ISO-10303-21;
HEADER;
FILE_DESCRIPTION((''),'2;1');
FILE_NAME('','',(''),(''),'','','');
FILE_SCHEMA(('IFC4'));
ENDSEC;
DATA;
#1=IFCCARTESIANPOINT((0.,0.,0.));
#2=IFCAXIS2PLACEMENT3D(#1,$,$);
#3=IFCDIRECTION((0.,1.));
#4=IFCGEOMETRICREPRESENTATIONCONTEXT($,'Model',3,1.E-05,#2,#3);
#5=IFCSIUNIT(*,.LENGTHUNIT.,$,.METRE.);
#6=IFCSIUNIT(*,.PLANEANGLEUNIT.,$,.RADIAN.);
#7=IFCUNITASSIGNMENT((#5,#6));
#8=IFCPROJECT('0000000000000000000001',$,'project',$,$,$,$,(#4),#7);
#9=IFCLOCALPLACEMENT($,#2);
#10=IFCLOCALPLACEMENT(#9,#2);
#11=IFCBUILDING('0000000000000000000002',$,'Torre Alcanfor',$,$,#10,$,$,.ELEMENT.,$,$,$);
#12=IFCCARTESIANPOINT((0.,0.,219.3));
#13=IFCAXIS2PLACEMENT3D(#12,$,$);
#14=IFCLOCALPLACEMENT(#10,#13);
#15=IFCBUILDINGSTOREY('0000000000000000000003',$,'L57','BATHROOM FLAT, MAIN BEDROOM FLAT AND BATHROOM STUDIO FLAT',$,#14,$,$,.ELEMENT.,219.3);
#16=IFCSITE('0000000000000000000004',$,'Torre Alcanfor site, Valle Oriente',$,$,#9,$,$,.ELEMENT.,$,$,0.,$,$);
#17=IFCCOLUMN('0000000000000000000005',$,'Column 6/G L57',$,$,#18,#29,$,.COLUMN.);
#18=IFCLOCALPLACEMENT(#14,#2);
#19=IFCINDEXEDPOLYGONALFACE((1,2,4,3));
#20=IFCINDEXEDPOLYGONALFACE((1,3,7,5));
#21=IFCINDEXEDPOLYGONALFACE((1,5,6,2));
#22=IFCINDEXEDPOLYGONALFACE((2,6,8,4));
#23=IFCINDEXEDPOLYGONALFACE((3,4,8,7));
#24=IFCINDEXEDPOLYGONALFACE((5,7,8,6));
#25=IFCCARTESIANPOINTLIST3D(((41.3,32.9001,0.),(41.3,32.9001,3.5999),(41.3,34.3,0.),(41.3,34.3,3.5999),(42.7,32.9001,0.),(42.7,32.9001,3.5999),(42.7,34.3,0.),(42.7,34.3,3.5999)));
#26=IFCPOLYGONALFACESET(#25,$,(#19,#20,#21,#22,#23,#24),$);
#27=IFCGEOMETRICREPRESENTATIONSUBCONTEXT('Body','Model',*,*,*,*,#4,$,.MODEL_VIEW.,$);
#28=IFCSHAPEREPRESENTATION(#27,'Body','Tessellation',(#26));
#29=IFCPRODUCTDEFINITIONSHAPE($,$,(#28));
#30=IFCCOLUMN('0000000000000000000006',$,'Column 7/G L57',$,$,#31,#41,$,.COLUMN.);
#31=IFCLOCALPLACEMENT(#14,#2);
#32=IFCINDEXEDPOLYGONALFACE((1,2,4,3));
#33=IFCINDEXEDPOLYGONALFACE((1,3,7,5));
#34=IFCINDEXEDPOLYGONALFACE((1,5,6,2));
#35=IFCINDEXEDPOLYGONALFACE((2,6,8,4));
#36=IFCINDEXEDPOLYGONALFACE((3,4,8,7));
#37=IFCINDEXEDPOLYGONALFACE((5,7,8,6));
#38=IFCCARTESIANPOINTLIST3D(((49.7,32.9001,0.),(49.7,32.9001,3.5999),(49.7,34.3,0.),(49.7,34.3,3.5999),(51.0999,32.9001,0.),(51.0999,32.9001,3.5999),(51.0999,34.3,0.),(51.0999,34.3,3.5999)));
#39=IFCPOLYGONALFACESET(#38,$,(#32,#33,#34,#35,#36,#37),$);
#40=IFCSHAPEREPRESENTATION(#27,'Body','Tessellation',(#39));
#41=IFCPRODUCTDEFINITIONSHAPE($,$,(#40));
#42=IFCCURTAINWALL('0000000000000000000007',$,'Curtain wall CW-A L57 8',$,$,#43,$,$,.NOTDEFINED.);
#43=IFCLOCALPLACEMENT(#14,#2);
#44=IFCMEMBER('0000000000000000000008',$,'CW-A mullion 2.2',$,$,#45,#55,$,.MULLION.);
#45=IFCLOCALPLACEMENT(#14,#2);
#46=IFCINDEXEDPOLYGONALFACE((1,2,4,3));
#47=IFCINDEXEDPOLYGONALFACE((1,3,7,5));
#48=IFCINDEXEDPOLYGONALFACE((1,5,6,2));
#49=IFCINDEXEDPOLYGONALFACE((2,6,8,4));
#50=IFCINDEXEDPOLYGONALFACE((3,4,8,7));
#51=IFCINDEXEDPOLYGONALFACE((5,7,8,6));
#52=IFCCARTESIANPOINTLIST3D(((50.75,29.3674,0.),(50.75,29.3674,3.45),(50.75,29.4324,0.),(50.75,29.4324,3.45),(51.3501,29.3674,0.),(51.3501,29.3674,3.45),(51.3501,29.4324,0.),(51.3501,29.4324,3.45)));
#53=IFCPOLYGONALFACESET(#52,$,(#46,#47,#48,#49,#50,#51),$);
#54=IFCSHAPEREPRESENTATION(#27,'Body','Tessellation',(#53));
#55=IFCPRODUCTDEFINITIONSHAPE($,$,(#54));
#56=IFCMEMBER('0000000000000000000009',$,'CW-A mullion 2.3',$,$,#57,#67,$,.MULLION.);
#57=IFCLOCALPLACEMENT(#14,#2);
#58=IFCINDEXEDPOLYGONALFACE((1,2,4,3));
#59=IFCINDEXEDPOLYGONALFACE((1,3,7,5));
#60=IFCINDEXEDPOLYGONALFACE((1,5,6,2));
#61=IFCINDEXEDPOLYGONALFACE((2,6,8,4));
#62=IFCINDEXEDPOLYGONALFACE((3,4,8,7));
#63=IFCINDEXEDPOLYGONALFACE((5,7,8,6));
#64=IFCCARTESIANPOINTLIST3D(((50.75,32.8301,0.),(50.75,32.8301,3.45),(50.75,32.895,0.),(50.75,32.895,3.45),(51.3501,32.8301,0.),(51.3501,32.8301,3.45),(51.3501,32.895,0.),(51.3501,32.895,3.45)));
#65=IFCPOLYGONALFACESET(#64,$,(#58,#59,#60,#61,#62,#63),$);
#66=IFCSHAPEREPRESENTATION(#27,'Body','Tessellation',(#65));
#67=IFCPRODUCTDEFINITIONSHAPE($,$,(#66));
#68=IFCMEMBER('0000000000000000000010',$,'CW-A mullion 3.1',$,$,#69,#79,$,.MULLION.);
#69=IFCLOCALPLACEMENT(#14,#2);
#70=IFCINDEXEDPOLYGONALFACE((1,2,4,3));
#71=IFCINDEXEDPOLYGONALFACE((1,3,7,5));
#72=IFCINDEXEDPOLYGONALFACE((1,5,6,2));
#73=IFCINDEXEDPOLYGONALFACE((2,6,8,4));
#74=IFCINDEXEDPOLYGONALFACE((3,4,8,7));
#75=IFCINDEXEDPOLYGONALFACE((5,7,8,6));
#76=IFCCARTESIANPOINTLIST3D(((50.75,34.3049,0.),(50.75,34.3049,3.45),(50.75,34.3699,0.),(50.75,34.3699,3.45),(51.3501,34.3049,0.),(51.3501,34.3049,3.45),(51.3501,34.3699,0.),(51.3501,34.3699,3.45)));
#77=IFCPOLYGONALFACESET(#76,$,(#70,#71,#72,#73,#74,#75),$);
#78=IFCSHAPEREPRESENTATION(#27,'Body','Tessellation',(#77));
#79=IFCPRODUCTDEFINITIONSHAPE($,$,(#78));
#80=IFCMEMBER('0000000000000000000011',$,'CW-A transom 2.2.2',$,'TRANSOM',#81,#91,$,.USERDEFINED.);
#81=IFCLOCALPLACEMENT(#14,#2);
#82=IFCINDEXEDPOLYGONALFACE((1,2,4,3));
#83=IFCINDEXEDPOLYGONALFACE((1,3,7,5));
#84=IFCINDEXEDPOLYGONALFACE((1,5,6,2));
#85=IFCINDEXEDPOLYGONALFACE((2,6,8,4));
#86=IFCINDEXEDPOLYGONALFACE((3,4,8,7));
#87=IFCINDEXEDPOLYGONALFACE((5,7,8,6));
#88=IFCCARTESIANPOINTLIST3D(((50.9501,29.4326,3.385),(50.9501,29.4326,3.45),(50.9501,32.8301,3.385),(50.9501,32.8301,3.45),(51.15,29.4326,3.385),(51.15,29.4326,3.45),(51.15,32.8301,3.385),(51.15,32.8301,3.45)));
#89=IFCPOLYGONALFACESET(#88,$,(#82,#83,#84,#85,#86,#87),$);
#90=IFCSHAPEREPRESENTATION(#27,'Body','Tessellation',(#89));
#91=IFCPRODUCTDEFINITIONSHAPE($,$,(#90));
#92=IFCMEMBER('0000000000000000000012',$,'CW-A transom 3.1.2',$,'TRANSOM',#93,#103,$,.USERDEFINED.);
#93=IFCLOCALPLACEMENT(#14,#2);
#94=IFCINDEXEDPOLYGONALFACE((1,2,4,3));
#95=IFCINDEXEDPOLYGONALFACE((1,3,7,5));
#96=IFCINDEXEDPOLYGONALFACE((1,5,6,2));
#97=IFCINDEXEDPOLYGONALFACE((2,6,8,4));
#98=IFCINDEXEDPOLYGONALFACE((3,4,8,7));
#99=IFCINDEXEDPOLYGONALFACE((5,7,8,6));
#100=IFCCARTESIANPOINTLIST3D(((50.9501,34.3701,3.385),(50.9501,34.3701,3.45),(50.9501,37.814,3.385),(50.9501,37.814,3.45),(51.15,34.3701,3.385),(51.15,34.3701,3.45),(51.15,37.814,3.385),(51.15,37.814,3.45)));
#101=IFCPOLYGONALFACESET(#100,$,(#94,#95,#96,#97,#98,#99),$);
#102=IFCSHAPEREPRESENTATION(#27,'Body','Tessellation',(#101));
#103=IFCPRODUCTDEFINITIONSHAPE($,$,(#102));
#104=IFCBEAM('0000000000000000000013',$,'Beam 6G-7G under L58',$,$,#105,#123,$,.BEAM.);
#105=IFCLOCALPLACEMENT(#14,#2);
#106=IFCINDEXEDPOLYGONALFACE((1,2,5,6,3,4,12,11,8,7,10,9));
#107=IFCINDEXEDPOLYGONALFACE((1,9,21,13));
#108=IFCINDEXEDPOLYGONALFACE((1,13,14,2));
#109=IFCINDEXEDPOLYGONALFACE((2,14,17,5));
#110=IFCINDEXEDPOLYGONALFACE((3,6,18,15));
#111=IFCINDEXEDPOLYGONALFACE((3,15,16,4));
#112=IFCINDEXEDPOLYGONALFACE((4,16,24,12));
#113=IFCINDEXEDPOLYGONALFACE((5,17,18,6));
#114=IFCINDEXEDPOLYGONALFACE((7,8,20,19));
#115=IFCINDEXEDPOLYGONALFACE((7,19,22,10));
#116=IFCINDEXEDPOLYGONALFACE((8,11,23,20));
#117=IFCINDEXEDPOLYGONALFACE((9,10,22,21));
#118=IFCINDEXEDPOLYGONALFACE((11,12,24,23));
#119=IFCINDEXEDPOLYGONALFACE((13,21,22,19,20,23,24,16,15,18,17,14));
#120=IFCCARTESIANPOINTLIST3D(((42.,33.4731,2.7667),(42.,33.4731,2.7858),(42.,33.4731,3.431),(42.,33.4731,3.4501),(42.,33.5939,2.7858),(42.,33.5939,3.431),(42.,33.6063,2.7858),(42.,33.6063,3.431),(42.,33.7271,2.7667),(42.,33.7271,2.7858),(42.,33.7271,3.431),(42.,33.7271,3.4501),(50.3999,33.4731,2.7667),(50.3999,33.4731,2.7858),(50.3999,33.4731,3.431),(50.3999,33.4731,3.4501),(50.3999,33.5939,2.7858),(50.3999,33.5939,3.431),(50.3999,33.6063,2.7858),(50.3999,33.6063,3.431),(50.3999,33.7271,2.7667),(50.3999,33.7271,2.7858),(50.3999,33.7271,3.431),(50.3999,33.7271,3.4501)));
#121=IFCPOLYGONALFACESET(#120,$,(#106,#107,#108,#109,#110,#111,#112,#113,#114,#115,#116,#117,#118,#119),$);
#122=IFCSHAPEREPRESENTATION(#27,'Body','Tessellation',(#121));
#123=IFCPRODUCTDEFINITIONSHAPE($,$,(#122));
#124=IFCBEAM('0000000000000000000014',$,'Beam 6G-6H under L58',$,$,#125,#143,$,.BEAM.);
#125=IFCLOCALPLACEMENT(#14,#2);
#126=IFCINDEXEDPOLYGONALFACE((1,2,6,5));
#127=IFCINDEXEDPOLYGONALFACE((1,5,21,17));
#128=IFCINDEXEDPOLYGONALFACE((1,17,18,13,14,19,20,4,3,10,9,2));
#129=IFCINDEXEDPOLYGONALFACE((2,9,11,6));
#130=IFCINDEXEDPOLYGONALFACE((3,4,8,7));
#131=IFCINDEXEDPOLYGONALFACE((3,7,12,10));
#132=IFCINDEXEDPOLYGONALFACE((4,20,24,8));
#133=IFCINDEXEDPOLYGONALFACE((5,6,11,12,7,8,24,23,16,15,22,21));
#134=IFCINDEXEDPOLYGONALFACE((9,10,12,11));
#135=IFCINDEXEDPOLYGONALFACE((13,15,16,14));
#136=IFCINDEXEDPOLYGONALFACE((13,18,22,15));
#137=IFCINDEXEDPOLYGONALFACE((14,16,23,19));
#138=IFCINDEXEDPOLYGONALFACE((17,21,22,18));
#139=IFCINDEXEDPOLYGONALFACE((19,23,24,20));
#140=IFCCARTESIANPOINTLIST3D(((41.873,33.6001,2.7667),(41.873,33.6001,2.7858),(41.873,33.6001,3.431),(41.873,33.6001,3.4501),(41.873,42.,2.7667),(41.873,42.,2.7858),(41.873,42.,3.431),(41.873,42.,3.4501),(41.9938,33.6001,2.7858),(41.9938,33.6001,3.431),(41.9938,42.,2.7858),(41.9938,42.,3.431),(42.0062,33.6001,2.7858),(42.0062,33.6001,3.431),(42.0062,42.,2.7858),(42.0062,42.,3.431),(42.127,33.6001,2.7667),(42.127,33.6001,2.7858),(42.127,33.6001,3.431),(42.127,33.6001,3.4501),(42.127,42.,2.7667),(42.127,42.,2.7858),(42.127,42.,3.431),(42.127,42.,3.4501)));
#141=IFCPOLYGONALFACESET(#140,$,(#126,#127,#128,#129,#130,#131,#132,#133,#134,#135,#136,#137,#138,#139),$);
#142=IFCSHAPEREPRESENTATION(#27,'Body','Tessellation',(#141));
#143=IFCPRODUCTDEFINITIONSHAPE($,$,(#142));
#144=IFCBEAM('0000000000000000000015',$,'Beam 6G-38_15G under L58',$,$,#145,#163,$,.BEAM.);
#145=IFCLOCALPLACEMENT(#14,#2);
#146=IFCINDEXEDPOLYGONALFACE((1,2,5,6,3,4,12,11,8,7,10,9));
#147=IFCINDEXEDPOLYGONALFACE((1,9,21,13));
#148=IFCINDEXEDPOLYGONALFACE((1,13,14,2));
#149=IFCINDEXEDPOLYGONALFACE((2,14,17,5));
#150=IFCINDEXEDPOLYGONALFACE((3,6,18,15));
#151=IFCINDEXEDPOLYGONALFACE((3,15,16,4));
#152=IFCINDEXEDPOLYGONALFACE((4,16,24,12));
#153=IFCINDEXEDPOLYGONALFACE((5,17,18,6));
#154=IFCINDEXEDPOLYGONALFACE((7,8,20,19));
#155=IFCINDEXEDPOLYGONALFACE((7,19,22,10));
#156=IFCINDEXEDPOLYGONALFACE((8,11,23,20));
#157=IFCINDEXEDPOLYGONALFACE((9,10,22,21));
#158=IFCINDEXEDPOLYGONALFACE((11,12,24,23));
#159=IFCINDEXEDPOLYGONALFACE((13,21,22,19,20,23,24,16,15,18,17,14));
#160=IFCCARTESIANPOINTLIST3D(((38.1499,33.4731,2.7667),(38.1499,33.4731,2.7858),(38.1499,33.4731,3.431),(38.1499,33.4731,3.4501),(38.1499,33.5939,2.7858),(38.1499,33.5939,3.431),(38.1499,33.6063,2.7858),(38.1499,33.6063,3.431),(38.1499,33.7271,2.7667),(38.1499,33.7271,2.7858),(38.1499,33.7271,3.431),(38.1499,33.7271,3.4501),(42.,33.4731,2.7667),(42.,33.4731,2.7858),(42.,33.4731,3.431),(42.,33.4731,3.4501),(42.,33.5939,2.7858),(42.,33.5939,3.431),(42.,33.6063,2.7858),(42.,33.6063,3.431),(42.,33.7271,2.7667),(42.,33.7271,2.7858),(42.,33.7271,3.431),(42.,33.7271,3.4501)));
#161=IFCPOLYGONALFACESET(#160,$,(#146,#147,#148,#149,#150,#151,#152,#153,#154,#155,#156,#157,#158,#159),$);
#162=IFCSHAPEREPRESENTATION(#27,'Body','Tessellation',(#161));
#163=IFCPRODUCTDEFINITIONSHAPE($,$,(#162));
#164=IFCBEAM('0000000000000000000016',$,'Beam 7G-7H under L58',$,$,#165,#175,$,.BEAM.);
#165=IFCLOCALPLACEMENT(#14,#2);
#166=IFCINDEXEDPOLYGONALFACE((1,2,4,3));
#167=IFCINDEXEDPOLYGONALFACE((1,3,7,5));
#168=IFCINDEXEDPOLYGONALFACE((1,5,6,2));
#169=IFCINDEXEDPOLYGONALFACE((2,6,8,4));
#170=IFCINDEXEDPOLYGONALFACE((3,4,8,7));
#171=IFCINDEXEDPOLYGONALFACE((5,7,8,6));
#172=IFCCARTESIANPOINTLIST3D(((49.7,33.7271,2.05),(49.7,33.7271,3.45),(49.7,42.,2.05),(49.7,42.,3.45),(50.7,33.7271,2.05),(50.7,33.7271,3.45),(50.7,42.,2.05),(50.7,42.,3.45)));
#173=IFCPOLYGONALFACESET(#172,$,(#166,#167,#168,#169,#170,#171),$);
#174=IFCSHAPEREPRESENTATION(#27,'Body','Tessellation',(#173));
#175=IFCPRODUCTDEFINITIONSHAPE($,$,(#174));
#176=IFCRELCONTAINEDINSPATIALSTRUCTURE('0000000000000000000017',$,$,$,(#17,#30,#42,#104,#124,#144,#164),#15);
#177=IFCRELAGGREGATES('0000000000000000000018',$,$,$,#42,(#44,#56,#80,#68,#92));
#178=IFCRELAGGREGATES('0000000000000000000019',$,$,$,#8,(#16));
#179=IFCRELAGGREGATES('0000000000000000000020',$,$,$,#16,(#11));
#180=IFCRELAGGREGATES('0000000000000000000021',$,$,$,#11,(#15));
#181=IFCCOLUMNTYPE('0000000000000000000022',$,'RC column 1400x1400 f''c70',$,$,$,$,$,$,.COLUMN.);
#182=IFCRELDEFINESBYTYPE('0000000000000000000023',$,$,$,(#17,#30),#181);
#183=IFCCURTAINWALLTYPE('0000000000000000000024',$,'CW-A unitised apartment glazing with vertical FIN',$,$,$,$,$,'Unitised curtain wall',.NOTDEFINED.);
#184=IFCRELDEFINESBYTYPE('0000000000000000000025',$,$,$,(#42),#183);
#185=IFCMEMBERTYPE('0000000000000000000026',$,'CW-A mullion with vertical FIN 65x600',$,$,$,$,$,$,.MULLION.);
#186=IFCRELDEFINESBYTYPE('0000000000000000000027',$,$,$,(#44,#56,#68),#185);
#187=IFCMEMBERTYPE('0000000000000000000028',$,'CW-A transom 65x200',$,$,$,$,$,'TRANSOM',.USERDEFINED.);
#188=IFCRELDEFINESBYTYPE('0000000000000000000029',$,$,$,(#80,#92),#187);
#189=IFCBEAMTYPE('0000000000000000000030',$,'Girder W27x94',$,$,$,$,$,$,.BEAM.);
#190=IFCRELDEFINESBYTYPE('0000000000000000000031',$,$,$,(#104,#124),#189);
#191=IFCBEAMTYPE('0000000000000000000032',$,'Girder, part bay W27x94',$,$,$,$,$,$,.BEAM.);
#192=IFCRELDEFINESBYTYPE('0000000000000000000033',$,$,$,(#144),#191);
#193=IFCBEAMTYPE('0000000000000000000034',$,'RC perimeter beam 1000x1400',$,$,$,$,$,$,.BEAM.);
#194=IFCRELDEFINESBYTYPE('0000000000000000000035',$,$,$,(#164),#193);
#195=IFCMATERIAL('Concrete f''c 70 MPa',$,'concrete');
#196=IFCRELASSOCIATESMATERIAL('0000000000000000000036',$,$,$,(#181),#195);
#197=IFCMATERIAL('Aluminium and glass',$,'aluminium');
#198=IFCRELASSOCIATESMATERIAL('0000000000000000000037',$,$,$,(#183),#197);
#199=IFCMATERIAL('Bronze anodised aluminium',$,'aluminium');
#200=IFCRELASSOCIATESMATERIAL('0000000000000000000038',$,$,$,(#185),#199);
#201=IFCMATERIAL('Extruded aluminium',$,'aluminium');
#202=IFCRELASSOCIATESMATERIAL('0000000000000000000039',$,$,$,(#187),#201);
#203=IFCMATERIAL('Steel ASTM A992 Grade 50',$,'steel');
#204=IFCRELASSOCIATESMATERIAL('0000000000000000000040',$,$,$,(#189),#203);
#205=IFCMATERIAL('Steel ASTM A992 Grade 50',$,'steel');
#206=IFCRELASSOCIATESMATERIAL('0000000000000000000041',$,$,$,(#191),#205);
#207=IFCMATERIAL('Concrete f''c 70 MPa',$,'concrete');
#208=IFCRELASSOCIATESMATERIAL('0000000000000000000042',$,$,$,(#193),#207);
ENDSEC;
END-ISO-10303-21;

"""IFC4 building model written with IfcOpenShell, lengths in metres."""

from ifc_helpers import new_model, si_unit, direction, frame, origin, origin_2d, place, context, subcontext, project, spatial, rectangle, i_section, extrude, material, material_profile, profile_set, type_object, element, aggregate, save


model = new_model("IFC4")

# Units and contexts
model_context = context("Model", 3, precision=1e-05, world=origin(), true_north=direction((0.0, 1.0)))
body_context = subcontext(model_context, "Body", "Model", "MODEL_VIEW")
ifc_project = project(units=[si_unit("LENGTHUNIT", "METRE"), si_unit("PLANEANGLEUNIT", "RADIAN")], contexts=[model_context])

# Site, building, storey
site_placement = place(None, origin())
site = spatial("IfcSite", under=ifc_project, at=site_placement, Name="Torre Alcanfor site, Valle Oriente", CompositionType="ELEMENT", RefElevation=0.0)
building_placement = place(site_placement, origin())
building = spatial("IfcBuilding", under=site, at=building_placement, Name="Torre Alcanfor", CompositionType="ELEMENT")
storey_placement = place(building_placement, frame((0.0, 0.0, 219.3)))
storey = spatial("IfcBuildingStorey", under=building, at=storey_placement, Name="L57", Description="BATHROOM FLAT, MAIN BEDROOM FLAT AND BATHROOM STUDIO FLAT", CompositionType="ELEMENT", Elevation=219.3)

# Columns
ifc_material_1 = material(Name="Concrete f'c 70 MPa", Category="concrete")
ifc_material_profile_1 = material_profile(ifc_material_1, rectangle(XDim=1.3999, YDim=1.3999, at=origin_2d()), Name="1400x1400")
ifc_profile_set_1 = profile_set([ifc_material_profile_1], Name="Concrete f'c 70 MPa")
column_type = type_object("IfcColumnType", Name="RC column 1400x1400 f'c70", PredefinedType="COLUMN", material=ifc_profile_set_1)
for number, where, z_axis, x_axis, name in (
    (1, (42.0, 33.6001, 0.0), (0.0, 0.0, 1.0), (1.0, 0.0, 0.0), "Column 6/G L57"),
    (2, (50.3999, 33.6001, 0.0), (0.0, 0.0, 1.0), (1.0, 0.0, 0.0), "Column 7/G L57"),
):
    element("IfcColumn", number, at=place(storey_placement, frame(where, z_axis=z_axis, x_axis=x_axis)), inside=storey, type_object=column_type, Name=name, PredefinedType="COLUMN", context=body_context, shape_type="SweptSolid", body=[
        extrude(rectangle(XDim=1.3999, YDim=1.3999, at=origin_2d()), origin(), (0.0, 0.0, 1.0), 3.5999),
    ])

# Curtain wall, members
ifc_material_2 = material(Name="Aluminium and glass", Category="aluminium")
curtain_wall_type = type_object("IfcCurtainWallType", Name="CW-A unitised apartment glazing with vertical FIN", ElementType="Unitised curtain wall", PredefinedType="NOTDEFINED", material=ifc_material_2)
curtain_wall_placement = place(storey_placement, origin())
curtain_wall = element("IfcCurtainWall", 3, at=curtain_wall_placement, inside=storey, type_object=curtain_wall_type, Name="Curtain wall CW-A L57 8", PredefinedType="NOTDEFINED")
ifc_material_3 = material(Name="Bronze anodised aluminium", Category="aluminium")
ifc_material_profile_2 = material_profile(ifc_material_3, rectangle(XDim=0.6001, YDim=0.0649, at=origin_2d()), Name="CW-A mullion 65x600")
ifc_profile_set_2 = profile_set([ifc_material_profile_2], Name="Bronze anodised aluminium")
member_type_1 = type_object("IfcMemberType", Name="CW-A mullion with vertical FIN 65x600", PredefinedType="MULLION", material=ifc_profile_set_2)
member_1_placement = place(storey_placement, frame((51.05, 29.3999, 0.0), z_axis=(0.0, 0.0, 1.0), x_axis=(-1.0, 0.0, 0.0)))
member_1 = element("IfcMember", 4, at=member_1_placement, type_object=member_type_1, Name="CW-A mullion 2.2", PredefinedType="MULLION", context=body_context, shape_type="SweptSolid", body=[
    extrude(rectangle(XDim=0.6001, YDim=0.0649, at=origin_2d()), origin(), (0.0, 0.0, 1.0), 3.45),
])
member_2_placement = place(storey_placement, frame((51.05, 32.8625, 0.0), z_axis=(0.0, 0.0, 1.0), x_axis=(-1.0, 0.0, 0.0)))
member_2 = element("IfcMember", 5, at=member_2_placement, type_object=member_type_1, Name="CW-A mullion 2.3", PredefinedType="MULLION", context=body_context, shape_type="SweptSolid", body=[
    extrude(rectangle(XDim=0.6001, YDim=0.0649, at=origin_2d()), origin(), (0.0, 0.0, 1.0), 3.45),
])
member_3_placement = place(storey_placement, frame((51.05, 34.3374, 0.0), z_axis=(0.0, 0.0, 1.0), x_axis=(-1.0, 0.0, 0.0)))
member_3 = element("IfcMember", 6, at=member_3_placement, type_object=member_type_1, Name="CW-A mullion 3.1", PredefinedType="MULLION", context=body_context, shape_type="SweptSolid", body=[
    extrude(rectangle(XDim=0.6001, YDim=0.0649, at=origin_2d()), origin(), (0.0, 0.0, 1.0), 3.45),
])
ifc_material_4 = material(Name="Extruded aluminium", Category="aluminium")
ifc_material_profile_3 = material_profile(ifc_material_4, rectangle(XDim=0.2, YDim=0.0649, at=origin_2d()), Name="CW-A transom 200x65")
ifc_profile_set_3 = profile_set([ifc_material_profile_3], Name="Extruded aluminium")
member_type_2 = type_object("IfcMemberType", Name="CW-A transom 65x200", ElementType="TRANSOM", PredefinedType="USERDEFINED", material=ifc_profile_set_3)
member_4_placement = place(storey_placement, frame((51.05, 29.4326, 3.4175), z_axis=(0.0, 1.0, 0.0), x_axis=(-1.0, 0.0, 0.0)))
member_4 = element("IfcMember", 7, at=member_4_placement, type_object=member_type_2, Name="CW-A transom 2.2.2", ObjectType="TRANSOM", PredefinedType="USERDEFINED", context=body_context, shape_type="SweptSolid", body=[
    extrude(rectangle(XDim=0.2, YDim=0.0649, at=origin_2d()), origin(), (0.0, 0.0, 1.0), 3.3975),
])
member_5_placement = place(storey_placement, frame((51.05, 34.3701, 3.4175), z_axis=(0.0, 1.0, 0.0), x_axis=(-1.0, 0.0, 0.0)))
member_5 = element("IfcMember", 8, at=member_5_placement, type_object=member_type_2, Name="CW-A transom 3.1.2", ObjectType="TRANSOM", PredefinedType="USERDEFINED", context=body_context, shape_type="SweptSolid", body=[
    extrude(rectangle(XDim=0.2, YDim=0.0649, at=origin_2d()), origin(), (0.0, 0.0, 1.0), 3.4438),
])

# Beams
ifc_material_5 = material(Name="Steel ASTM A992 Grade 50", Category="steel")
ifc_material_profile_4 = material_profile(ifc_material_5, i_section(OverallWidth=0.2539, OverallDepth=0.6833, WebThickness=0.0125, FlangeThickness=0.019, at=origin_2d()), Name="W27x94")
ifc_profile_set_4 = profile_set([ifc_material_profile_4], Name="Steel ASTM A992 Grade 50")
beam_type_1 = type_object("IfcBeamType", Name="Girder W27x94", PredefinedType="BEAM", material=ifc_profile_set_4)
for number, where, z_axis, x_axis, name in (
    (9, (42.0, 33.6001, 3.1084), (1.0, 0.0, 0.0), (0.0, 1.0, 0.0), "Beam 6G-7G under L58"),
    (10, (42.0, 33.6001, 3.1084), (0.0, 1.0, 0.0), (-1.0, 0.0, 0.0), "Beam 6G-6H under L58"),
):
    element("IfcBeam", number, at=place(storey_placement, frame(where, z_axis=z_axis, x_axis=x_axis)), inside=storey, type_object=beam_type_1, Name=name, PredefinedType="BEAM", context=body_context, shape_type="SweptSolid", body=[
        extrude(i_section(OverallWidth=0.2539, OverallDepth=0.6833, WebThickness=0.0125, FlangeThickness=0.019, at=origin_2d()), origin(), (0.0, 0.0, 1.0), 8.3999),
    ])
ifc_material_6 = material(Name="Steel ASTM A992 Grade 50", Category="steel")
ifc_material_profile_5 = material_profile(ifc_material_6, i_section(OverallWidth=0.2539, OverallDepth=0.6833, WebThickness=0.0125, FlangeThickness=0.019, at=origin_2d()), Name="W27x94")
ifc_profile_set_5 = profile_set([ifc_material_profile_5], Name="Steel ASTM A992 Grade 50")
beam_type_2 = type_object("IfcBeamType", Name="Girder, part bay W27x94", PredefinedType="BEAM", material=ifc_profile_set_5)
beam_1_placement = place(storey_placement, frame((42.0, 33.6001, 3.1084), z_axis=(-1.0, 0.0, 0.0), x_axis=(0.0, -1.0, 0.0)))
element("IfcBeam", 11, at=beam_1_placement, inside=storey, type_object=beam_type_2, Name="Beam 6G-38_15G under L58", PredefinedType="BEAM", context=body_context, shape_type="SweptSolid", body=[
    extrude(i_section(OverallWidth=0.2539, OverallDepth=0.6833, WebThickness=0.0125, FlangeThickness=0.019, at=origin_2d()), origin(), (0.0, 0.0, 1.0), 3.8501),
])
ifc_material_7 = material(Name="Concrete f'c 70 MPa", Category="concrete")
ifc_material_profile_6 = material_profile(ifc_material_7, rectangle(XDim=1.0, YDim=1.3999, at=origin_2d()), Name="1000x1400")
ifc_profile_set_6 = profile_set([ifc_material_profile_6], Name="Concrete f'c 70 MPa")
beam_type_3 = type_object("IfcBeamType", Name="RC perimeter beam 1000x1400", PredefinedType="BEAM", material=ifc_profile_set_6)
beam_2_placement = place(storey_placement, frame((50.2, 33.7271, 2.75), z_axis=(0.0, 1.0, 0.0), x_axis=(-1.0, 0.0, 0.0)))
element("IfcBeam", 12, at=beam_2_placement, inside=storey, type_object=beam_type_3, Name="Beam 7G-7H under L58", PredefinedType="BEAM", context=body_context, shape_type="SweptSolid", body=[
    extrude(rectangle(XDim=1.0, YDim=1.3999, at=origin_2d()), origin(), (0.0, 0.0, 1.0), 8.2729),
])

aggregate(curtain_wall, [member_1, member_2, member_4, member_3, member_5])

save(model, "model.ifc")
